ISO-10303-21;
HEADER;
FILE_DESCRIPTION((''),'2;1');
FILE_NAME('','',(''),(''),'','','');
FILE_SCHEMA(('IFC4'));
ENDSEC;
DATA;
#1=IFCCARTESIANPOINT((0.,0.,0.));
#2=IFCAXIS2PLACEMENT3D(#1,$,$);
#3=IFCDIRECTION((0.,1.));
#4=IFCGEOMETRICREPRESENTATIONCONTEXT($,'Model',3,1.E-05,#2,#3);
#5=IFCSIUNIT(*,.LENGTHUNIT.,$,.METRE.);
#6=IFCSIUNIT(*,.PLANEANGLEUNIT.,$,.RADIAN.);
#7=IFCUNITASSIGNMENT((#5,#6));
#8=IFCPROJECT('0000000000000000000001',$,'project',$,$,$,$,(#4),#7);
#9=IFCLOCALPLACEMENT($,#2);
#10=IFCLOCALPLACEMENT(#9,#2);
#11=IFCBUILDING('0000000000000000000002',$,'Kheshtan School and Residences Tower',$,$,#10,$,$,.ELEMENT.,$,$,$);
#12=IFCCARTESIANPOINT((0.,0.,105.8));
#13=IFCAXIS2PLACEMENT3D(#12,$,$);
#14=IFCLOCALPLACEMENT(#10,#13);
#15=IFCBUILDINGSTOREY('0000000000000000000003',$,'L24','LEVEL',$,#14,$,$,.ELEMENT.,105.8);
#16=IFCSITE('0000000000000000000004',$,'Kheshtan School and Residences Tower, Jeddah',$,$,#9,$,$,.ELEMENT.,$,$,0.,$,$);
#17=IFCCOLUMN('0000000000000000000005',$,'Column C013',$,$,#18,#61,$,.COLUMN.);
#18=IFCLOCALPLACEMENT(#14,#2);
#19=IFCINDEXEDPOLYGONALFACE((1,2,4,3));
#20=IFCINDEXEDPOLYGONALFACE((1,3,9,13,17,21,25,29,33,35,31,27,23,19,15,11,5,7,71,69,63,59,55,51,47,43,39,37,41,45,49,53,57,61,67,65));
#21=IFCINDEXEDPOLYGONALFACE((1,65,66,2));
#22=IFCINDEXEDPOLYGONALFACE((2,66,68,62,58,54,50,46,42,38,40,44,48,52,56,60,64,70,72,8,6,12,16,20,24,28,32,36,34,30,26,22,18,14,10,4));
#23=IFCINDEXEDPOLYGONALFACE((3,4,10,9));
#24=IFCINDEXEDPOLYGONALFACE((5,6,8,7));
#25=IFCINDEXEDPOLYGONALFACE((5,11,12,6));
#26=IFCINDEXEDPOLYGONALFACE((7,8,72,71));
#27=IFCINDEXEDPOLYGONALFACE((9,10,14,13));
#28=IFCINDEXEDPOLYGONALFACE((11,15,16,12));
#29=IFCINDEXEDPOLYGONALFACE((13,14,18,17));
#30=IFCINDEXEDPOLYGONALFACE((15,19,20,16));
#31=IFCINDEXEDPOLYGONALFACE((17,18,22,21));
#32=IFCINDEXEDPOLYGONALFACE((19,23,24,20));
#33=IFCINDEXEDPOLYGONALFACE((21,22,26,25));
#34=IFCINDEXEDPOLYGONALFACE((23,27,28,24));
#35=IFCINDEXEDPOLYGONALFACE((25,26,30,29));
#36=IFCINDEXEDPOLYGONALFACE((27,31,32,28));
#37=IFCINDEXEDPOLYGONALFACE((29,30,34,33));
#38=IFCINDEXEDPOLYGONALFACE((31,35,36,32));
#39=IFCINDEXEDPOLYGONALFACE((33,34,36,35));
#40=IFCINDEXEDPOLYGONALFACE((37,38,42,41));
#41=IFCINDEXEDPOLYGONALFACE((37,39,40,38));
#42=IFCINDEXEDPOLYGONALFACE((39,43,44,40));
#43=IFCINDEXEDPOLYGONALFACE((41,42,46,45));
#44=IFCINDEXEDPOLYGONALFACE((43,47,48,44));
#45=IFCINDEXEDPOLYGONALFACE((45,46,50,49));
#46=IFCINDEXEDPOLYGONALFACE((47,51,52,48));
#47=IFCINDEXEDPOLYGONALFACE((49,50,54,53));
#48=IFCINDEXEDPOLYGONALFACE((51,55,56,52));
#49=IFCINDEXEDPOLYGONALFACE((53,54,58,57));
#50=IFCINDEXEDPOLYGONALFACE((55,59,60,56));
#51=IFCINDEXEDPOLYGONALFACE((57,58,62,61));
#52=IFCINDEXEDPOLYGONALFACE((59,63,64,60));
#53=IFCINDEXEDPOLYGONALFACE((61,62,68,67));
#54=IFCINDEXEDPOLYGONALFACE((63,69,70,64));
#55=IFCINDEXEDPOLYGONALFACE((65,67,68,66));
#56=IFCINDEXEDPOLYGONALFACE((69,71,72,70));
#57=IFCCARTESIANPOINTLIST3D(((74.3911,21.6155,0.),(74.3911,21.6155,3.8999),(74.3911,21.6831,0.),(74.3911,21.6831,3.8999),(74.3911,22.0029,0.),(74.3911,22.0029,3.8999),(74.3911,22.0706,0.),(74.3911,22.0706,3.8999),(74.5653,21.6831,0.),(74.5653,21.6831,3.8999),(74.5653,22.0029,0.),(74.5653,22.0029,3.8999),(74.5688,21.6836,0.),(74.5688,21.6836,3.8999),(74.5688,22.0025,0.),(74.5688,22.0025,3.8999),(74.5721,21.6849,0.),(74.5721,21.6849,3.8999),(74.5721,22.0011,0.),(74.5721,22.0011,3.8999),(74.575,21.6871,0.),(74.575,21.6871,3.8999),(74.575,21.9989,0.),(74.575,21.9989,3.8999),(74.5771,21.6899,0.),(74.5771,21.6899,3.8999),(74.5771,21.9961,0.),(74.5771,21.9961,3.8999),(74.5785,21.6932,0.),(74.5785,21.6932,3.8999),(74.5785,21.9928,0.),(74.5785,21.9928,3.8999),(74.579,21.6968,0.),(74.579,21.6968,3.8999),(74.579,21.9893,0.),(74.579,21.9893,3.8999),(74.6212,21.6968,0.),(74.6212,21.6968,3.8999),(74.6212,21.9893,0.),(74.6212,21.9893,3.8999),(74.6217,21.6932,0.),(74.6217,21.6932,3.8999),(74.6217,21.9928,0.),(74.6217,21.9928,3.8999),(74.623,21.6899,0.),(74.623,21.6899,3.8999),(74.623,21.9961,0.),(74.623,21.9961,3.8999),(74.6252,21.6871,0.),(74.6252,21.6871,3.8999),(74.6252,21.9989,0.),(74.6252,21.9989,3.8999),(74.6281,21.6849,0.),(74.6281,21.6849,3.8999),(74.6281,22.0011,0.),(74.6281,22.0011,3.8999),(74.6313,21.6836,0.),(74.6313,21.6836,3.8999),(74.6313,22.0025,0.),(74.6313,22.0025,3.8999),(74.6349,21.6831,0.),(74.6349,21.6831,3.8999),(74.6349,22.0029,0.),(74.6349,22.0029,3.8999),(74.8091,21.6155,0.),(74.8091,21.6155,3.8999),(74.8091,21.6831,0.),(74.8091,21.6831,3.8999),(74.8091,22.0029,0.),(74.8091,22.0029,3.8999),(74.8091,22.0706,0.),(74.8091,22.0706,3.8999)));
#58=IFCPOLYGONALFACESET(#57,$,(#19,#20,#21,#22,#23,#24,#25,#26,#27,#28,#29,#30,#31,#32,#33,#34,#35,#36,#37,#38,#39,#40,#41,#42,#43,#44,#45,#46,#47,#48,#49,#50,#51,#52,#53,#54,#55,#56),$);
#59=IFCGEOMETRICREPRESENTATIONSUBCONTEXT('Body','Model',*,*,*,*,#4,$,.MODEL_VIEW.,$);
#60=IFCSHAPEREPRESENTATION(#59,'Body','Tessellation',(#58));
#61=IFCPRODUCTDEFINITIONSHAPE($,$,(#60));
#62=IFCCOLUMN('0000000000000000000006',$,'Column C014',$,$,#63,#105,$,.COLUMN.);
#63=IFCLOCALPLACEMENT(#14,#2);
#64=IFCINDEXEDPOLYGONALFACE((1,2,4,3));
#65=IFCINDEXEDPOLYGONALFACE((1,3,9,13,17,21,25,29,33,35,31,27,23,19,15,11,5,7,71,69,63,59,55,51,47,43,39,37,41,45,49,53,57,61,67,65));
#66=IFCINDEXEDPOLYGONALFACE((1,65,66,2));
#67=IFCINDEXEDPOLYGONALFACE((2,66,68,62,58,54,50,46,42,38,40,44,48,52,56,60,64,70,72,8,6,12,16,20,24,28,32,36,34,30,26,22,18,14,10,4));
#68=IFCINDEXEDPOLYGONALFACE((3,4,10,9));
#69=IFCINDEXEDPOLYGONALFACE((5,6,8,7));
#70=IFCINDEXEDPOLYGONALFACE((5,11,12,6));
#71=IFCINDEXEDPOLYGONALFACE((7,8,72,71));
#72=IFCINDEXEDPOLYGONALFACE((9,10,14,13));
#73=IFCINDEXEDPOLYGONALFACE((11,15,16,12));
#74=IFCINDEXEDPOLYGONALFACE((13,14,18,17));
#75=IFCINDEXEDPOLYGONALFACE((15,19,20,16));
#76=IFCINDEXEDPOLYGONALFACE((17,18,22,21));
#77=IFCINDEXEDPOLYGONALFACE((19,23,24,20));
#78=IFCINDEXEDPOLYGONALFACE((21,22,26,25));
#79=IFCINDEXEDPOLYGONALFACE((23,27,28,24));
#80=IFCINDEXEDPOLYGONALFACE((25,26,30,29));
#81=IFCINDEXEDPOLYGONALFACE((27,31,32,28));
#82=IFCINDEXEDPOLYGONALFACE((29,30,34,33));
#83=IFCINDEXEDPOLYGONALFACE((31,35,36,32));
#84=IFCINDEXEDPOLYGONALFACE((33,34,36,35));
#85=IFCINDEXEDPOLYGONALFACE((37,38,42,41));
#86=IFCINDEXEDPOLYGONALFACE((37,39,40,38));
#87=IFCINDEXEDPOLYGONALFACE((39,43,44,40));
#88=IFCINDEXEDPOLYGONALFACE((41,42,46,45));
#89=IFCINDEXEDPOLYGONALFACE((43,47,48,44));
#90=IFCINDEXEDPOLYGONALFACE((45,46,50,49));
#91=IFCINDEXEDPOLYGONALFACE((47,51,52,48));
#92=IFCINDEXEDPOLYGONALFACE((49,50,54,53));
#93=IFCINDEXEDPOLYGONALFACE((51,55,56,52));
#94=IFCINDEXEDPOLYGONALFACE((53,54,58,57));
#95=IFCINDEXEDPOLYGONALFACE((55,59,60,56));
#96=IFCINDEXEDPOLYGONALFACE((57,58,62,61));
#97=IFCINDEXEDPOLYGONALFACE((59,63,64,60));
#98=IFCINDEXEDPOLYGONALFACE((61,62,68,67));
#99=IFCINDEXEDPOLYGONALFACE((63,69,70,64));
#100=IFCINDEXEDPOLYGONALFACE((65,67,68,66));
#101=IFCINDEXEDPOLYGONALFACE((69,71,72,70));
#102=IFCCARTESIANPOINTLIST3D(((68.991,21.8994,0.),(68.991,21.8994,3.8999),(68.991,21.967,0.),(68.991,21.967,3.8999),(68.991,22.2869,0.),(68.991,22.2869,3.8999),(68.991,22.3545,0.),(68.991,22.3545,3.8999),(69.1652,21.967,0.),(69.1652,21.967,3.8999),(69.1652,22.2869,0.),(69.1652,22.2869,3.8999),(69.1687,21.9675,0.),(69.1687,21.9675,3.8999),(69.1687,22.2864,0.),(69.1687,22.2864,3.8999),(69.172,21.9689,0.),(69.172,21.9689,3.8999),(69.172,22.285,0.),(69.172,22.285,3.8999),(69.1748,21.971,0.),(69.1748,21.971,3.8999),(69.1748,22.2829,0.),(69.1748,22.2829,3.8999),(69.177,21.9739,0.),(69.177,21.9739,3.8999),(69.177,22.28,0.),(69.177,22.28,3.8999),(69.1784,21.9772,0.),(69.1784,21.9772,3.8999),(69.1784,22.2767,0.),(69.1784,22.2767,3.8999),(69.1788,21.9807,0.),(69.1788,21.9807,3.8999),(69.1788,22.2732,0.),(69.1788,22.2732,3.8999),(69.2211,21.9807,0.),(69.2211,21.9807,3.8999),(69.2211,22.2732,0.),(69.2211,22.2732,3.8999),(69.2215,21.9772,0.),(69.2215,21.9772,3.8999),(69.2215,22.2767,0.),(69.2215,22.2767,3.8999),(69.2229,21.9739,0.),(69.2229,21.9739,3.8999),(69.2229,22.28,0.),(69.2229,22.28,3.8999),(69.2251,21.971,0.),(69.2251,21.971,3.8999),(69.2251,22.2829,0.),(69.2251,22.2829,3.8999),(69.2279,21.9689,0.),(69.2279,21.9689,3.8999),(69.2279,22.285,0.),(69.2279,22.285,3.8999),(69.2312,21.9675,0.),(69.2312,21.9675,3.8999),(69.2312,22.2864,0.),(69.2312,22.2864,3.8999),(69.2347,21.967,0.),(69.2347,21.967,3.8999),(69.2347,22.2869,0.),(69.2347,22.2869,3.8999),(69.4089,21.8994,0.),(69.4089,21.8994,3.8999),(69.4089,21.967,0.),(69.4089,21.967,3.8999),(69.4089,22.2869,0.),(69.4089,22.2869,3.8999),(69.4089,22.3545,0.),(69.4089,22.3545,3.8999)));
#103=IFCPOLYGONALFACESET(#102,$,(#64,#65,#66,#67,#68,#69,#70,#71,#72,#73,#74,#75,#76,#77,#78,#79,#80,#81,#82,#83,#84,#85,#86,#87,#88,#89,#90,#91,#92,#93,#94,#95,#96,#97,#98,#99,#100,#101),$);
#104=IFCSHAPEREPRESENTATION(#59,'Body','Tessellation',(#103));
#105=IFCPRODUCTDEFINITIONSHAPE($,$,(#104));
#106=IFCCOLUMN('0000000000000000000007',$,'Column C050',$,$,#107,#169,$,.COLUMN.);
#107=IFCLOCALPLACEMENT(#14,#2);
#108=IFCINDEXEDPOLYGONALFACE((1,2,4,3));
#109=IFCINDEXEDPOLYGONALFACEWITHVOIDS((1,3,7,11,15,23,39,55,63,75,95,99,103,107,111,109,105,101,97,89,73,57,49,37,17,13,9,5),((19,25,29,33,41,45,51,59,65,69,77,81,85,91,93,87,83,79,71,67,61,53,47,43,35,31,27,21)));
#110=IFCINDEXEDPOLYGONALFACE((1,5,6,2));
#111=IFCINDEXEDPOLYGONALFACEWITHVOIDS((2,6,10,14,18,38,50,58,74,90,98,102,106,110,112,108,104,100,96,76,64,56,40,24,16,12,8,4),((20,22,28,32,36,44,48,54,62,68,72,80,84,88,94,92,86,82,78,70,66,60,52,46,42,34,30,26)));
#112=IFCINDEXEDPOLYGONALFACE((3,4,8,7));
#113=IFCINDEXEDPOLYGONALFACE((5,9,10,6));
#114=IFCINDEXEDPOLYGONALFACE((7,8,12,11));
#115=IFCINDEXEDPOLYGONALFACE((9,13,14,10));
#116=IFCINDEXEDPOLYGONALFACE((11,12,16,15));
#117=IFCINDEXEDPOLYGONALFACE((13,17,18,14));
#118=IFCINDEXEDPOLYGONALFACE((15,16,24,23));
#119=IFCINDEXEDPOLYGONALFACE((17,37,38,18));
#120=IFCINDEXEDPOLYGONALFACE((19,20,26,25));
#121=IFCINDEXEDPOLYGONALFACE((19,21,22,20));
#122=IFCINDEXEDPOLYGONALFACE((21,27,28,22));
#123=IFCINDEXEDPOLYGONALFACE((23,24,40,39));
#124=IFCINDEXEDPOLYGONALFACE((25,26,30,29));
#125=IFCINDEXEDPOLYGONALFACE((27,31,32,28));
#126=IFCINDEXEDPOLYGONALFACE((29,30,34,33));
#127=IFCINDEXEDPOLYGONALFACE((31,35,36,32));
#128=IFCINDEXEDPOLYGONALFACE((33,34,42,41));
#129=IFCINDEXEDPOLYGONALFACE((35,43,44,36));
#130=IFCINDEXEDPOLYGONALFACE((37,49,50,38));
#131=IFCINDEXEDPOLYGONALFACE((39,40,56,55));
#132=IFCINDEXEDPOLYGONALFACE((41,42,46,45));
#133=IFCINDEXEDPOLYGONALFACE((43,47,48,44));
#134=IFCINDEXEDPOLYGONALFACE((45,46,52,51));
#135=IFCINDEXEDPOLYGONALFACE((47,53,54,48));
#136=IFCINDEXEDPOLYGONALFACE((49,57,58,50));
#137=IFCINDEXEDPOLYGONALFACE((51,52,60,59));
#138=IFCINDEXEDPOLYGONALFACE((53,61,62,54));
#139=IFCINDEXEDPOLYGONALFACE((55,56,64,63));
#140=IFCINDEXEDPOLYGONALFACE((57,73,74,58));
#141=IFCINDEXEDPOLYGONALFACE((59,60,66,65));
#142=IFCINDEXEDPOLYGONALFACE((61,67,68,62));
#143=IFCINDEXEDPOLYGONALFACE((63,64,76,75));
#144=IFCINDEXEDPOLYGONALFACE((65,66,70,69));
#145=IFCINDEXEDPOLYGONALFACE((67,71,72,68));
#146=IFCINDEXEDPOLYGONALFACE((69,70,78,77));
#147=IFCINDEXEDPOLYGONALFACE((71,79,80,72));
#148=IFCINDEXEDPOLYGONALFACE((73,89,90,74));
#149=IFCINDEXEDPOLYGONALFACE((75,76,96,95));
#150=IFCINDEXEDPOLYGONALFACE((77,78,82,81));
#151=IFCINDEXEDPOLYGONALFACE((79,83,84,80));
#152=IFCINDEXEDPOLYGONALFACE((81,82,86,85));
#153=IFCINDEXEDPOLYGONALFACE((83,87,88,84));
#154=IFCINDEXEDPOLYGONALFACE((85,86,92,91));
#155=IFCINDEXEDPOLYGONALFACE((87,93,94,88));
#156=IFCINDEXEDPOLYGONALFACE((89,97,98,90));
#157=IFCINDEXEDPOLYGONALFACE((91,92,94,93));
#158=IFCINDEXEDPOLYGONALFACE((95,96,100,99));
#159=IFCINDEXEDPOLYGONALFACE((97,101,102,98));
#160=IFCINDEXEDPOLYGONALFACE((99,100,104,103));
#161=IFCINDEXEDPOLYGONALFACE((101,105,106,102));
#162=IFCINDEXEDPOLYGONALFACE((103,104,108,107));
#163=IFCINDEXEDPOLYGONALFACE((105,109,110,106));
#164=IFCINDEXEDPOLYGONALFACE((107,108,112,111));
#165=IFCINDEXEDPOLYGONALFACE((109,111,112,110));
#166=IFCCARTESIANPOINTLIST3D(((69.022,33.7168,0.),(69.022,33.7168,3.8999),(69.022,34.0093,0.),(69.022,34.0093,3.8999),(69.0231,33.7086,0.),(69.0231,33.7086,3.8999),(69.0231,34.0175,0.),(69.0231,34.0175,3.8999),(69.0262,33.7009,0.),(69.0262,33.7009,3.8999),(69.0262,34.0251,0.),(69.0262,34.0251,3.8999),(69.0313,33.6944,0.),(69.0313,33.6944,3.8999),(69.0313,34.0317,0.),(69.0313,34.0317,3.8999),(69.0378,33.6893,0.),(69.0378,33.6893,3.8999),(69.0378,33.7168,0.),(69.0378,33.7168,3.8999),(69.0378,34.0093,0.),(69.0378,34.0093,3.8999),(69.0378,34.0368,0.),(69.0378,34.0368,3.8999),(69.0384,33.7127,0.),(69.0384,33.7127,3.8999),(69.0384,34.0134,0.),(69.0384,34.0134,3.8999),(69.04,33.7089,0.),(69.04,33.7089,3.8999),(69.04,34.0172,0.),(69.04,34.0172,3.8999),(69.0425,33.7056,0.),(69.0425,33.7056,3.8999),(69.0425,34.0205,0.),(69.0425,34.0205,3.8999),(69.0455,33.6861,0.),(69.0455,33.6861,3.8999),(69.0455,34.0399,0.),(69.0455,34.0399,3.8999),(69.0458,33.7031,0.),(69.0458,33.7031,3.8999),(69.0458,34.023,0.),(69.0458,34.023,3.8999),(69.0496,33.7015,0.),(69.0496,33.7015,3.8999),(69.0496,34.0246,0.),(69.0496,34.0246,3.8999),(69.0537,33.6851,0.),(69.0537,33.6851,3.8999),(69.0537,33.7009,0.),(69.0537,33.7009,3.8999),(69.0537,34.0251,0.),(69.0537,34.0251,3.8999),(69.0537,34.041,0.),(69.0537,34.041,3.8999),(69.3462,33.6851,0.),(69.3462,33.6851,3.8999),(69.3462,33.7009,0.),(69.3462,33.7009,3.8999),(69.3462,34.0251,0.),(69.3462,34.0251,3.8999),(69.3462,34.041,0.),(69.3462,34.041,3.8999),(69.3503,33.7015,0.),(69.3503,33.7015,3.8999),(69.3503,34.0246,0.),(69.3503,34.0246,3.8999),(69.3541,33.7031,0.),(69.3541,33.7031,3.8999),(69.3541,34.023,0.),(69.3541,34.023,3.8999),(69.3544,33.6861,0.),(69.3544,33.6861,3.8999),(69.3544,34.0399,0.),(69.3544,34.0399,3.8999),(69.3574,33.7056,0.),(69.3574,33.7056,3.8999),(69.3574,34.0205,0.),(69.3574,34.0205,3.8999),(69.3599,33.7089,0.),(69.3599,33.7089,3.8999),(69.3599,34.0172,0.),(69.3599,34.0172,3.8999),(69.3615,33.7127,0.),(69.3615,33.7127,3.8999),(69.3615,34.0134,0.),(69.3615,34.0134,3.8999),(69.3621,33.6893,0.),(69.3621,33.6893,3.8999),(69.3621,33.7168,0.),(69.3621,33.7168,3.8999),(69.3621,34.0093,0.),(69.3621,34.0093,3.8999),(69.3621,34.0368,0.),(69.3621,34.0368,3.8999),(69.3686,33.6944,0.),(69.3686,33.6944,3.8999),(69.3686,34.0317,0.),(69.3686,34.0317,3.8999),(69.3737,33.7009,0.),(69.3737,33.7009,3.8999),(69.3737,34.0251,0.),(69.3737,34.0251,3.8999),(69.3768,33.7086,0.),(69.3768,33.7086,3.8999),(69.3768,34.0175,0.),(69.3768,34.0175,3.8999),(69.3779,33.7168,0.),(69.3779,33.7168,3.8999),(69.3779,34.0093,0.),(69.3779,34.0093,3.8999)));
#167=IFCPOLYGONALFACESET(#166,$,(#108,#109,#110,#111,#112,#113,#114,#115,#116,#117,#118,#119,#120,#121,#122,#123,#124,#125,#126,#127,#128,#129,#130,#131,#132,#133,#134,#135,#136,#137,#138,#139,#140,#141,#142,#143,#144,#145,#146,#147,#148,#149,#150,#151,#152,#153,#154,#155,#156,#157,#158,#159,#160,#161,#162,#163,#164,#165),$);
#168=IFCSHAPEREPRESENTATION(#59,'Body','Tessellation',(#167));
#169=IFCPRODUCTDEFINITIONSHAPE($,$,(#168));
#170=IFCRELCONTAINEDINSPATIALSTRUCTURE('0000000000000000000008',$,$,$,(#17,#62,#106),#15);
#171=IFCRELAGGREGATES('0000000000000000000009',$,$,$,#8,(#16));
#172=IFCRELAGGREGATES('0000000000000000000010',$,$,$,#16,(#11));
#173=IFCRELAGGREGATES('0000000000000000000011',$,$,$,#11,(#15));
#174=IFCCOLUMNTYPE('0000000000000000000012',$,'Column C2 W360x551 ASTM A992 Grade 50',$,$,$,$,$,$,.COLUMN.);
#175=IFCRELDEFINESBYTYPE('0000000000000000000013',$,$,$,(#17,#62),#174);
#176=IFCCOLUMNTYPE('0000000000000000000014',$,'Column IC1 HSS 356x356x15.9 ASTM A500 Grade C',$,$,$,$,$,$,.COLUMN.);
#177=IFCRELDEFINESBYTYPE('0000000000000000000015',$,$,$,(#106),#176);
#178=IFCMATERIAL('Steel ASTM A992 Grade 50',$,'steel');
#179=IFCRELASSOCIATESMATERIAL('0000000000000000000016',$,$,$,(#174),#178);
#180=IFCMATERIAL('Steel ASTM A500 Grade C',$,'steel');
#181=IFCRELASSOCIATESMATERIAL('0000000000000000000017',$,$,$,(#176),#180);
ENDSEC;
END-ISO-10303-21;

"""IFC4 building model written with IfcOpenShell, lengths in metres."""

from ifc_helpers import new_model, si_unit, direction, frame, origin, origin_2d, place, context, subcontext, project, spatial, hollow_rectangle, i_section, extrude, material, material_profile, profile_set, type_object, element, save


model = new_model("IFC4")

# Units and contexts
model_context = context("Model", 3, precision=1e-05, world=origin(), true_north=direction((0.0, 1.0)))
body_context = subcontext(model_context, "Body", "Model", "MODEL_VIEW")
ifc_project = project(units=[si_unit("LENGTHUNIT", "METRE"), si_unit("PLANEANGLEUNIT", "RADIAN")], contexts=[model_context])

# Site, building, storey
site_placement = place(None, origin())
site = spatial("IfcSite", under=ifc_project, at=site_placement, Name="Kheshtan School and Residences Tower, Jeddah", CompositionType="ELEMENT", RefElevation=0.0)
building_placement = place(site_placement, origin())
building = spatial("IfcBuilding", under=site, at=building_placement, Name="Kheshtan School and Residences Tower", CompositionType="ELEMENT")
storey_placement = place(building_placement, frame((0.0, 0.0, 105.8)))
storey = spatial("IfcBuildingStorey", under=building, at=storey_placement, Name="L24", Description="LEVEL", CompositionType="ELEMENT", Elevation=105.8)

# Columns
ifc_material_1 = material(Name="Steel ASTM A992 Grade 50", Category="steel")
ifc_material_profile_1 = material_profile(ifc_material_1, i_section(OverallWidth=0.418, OverallDepth=0.4551, WebThickness=0.0422, FlangeThickness=0.0676, FilletRadius=0.0137, at=origin_2d()), Name="W360x551")
ifc_profile_set_1 = profile_set([ifc_material_profile_1], Name="Steel ASTM A992 Grade 50")
column_type_1 = type_object("IfcColumnType", Name="Column C2 W360x551 ASTM A992 Grade 50", PredefinedType="COLUMN", material=ifc_profile_set_1)
for number, where, z_axis, x_axis, name in (
    (1, (74.6001, 21.843, 0.0), (0.0, 0.0, 1.0), (1.0, 0.0, 0.0), "Column C013"),
    (2, (69.2, 22.127, 0.0), (0.0, 0.0, 1.0), (1.0, 0.0, 0.0), "Column C014"),
):
    element("IfcColumn", number, at=place(storey_placement, frame(where, z_axis=z_axis, x_axis=x_axis)), inside=storey, type_object=column_type_1, Name=name, PredefinedType="COLUMN", context=body_context, shape_type="SweptSolid", body=[
        extrude(i_section(OverallWidth=0.418, OverallDepth=0.4551, WebThickness=0.0422, FlangeThickness=0.0676, FilletRadius=0.0137, at=origin_2d()), origin(), (0.0, 0.0, 1.0), 3.8999),
    ])
ifc_material_2 = material(Name="Steel ASTM A500 Grade C", Category="steel")
ifc_material_profile_2 = material_profile(ifc_material_2, hollow_rectangle(XDim=0.356, YDim=0.356, WallThickness=0.0159, InnerFilletRadius=0.0159, OuterFilletRadius=0.0317, at=origin_2d()), Name="HSS 356x356x15.9")
ifc_profile_set_2 = profile_set([ifc_material_profile_2], Name="Steel ASTM A500 Grade C")
column_type_2 = type_object("IfcColumnType", Name="Column IC1 HSS 356x356x15.9 ASTM A500 Grade C", PredefinedType="COLUMN", material=ifc_profile_set_2)
column_placement = place(storey_placement, frame((69.2, 33.863, 0.0), z_axis=(0.0, 0.0, 1.0), x_axis=(1.0, 0.0, 0.0)))
element("IfcColumn", 3, at=column_placement, inside=storey, type_object=column_type_2, Name="Column C050", PredefinedType="COLUMN", context=body_context, shape_type="SweptSolid", body=[
    extrude(hollow_rectangle(XDim=0.356, YDim=0.356, WallThickness=0.0159, InnerFilletRadius=0.0159, OuterFilletRadius=0.0317, at=origin_2d()), origin(), (0.0, 0.0, 1.0), 3.8999),
])

save(model, "model.ifc")
